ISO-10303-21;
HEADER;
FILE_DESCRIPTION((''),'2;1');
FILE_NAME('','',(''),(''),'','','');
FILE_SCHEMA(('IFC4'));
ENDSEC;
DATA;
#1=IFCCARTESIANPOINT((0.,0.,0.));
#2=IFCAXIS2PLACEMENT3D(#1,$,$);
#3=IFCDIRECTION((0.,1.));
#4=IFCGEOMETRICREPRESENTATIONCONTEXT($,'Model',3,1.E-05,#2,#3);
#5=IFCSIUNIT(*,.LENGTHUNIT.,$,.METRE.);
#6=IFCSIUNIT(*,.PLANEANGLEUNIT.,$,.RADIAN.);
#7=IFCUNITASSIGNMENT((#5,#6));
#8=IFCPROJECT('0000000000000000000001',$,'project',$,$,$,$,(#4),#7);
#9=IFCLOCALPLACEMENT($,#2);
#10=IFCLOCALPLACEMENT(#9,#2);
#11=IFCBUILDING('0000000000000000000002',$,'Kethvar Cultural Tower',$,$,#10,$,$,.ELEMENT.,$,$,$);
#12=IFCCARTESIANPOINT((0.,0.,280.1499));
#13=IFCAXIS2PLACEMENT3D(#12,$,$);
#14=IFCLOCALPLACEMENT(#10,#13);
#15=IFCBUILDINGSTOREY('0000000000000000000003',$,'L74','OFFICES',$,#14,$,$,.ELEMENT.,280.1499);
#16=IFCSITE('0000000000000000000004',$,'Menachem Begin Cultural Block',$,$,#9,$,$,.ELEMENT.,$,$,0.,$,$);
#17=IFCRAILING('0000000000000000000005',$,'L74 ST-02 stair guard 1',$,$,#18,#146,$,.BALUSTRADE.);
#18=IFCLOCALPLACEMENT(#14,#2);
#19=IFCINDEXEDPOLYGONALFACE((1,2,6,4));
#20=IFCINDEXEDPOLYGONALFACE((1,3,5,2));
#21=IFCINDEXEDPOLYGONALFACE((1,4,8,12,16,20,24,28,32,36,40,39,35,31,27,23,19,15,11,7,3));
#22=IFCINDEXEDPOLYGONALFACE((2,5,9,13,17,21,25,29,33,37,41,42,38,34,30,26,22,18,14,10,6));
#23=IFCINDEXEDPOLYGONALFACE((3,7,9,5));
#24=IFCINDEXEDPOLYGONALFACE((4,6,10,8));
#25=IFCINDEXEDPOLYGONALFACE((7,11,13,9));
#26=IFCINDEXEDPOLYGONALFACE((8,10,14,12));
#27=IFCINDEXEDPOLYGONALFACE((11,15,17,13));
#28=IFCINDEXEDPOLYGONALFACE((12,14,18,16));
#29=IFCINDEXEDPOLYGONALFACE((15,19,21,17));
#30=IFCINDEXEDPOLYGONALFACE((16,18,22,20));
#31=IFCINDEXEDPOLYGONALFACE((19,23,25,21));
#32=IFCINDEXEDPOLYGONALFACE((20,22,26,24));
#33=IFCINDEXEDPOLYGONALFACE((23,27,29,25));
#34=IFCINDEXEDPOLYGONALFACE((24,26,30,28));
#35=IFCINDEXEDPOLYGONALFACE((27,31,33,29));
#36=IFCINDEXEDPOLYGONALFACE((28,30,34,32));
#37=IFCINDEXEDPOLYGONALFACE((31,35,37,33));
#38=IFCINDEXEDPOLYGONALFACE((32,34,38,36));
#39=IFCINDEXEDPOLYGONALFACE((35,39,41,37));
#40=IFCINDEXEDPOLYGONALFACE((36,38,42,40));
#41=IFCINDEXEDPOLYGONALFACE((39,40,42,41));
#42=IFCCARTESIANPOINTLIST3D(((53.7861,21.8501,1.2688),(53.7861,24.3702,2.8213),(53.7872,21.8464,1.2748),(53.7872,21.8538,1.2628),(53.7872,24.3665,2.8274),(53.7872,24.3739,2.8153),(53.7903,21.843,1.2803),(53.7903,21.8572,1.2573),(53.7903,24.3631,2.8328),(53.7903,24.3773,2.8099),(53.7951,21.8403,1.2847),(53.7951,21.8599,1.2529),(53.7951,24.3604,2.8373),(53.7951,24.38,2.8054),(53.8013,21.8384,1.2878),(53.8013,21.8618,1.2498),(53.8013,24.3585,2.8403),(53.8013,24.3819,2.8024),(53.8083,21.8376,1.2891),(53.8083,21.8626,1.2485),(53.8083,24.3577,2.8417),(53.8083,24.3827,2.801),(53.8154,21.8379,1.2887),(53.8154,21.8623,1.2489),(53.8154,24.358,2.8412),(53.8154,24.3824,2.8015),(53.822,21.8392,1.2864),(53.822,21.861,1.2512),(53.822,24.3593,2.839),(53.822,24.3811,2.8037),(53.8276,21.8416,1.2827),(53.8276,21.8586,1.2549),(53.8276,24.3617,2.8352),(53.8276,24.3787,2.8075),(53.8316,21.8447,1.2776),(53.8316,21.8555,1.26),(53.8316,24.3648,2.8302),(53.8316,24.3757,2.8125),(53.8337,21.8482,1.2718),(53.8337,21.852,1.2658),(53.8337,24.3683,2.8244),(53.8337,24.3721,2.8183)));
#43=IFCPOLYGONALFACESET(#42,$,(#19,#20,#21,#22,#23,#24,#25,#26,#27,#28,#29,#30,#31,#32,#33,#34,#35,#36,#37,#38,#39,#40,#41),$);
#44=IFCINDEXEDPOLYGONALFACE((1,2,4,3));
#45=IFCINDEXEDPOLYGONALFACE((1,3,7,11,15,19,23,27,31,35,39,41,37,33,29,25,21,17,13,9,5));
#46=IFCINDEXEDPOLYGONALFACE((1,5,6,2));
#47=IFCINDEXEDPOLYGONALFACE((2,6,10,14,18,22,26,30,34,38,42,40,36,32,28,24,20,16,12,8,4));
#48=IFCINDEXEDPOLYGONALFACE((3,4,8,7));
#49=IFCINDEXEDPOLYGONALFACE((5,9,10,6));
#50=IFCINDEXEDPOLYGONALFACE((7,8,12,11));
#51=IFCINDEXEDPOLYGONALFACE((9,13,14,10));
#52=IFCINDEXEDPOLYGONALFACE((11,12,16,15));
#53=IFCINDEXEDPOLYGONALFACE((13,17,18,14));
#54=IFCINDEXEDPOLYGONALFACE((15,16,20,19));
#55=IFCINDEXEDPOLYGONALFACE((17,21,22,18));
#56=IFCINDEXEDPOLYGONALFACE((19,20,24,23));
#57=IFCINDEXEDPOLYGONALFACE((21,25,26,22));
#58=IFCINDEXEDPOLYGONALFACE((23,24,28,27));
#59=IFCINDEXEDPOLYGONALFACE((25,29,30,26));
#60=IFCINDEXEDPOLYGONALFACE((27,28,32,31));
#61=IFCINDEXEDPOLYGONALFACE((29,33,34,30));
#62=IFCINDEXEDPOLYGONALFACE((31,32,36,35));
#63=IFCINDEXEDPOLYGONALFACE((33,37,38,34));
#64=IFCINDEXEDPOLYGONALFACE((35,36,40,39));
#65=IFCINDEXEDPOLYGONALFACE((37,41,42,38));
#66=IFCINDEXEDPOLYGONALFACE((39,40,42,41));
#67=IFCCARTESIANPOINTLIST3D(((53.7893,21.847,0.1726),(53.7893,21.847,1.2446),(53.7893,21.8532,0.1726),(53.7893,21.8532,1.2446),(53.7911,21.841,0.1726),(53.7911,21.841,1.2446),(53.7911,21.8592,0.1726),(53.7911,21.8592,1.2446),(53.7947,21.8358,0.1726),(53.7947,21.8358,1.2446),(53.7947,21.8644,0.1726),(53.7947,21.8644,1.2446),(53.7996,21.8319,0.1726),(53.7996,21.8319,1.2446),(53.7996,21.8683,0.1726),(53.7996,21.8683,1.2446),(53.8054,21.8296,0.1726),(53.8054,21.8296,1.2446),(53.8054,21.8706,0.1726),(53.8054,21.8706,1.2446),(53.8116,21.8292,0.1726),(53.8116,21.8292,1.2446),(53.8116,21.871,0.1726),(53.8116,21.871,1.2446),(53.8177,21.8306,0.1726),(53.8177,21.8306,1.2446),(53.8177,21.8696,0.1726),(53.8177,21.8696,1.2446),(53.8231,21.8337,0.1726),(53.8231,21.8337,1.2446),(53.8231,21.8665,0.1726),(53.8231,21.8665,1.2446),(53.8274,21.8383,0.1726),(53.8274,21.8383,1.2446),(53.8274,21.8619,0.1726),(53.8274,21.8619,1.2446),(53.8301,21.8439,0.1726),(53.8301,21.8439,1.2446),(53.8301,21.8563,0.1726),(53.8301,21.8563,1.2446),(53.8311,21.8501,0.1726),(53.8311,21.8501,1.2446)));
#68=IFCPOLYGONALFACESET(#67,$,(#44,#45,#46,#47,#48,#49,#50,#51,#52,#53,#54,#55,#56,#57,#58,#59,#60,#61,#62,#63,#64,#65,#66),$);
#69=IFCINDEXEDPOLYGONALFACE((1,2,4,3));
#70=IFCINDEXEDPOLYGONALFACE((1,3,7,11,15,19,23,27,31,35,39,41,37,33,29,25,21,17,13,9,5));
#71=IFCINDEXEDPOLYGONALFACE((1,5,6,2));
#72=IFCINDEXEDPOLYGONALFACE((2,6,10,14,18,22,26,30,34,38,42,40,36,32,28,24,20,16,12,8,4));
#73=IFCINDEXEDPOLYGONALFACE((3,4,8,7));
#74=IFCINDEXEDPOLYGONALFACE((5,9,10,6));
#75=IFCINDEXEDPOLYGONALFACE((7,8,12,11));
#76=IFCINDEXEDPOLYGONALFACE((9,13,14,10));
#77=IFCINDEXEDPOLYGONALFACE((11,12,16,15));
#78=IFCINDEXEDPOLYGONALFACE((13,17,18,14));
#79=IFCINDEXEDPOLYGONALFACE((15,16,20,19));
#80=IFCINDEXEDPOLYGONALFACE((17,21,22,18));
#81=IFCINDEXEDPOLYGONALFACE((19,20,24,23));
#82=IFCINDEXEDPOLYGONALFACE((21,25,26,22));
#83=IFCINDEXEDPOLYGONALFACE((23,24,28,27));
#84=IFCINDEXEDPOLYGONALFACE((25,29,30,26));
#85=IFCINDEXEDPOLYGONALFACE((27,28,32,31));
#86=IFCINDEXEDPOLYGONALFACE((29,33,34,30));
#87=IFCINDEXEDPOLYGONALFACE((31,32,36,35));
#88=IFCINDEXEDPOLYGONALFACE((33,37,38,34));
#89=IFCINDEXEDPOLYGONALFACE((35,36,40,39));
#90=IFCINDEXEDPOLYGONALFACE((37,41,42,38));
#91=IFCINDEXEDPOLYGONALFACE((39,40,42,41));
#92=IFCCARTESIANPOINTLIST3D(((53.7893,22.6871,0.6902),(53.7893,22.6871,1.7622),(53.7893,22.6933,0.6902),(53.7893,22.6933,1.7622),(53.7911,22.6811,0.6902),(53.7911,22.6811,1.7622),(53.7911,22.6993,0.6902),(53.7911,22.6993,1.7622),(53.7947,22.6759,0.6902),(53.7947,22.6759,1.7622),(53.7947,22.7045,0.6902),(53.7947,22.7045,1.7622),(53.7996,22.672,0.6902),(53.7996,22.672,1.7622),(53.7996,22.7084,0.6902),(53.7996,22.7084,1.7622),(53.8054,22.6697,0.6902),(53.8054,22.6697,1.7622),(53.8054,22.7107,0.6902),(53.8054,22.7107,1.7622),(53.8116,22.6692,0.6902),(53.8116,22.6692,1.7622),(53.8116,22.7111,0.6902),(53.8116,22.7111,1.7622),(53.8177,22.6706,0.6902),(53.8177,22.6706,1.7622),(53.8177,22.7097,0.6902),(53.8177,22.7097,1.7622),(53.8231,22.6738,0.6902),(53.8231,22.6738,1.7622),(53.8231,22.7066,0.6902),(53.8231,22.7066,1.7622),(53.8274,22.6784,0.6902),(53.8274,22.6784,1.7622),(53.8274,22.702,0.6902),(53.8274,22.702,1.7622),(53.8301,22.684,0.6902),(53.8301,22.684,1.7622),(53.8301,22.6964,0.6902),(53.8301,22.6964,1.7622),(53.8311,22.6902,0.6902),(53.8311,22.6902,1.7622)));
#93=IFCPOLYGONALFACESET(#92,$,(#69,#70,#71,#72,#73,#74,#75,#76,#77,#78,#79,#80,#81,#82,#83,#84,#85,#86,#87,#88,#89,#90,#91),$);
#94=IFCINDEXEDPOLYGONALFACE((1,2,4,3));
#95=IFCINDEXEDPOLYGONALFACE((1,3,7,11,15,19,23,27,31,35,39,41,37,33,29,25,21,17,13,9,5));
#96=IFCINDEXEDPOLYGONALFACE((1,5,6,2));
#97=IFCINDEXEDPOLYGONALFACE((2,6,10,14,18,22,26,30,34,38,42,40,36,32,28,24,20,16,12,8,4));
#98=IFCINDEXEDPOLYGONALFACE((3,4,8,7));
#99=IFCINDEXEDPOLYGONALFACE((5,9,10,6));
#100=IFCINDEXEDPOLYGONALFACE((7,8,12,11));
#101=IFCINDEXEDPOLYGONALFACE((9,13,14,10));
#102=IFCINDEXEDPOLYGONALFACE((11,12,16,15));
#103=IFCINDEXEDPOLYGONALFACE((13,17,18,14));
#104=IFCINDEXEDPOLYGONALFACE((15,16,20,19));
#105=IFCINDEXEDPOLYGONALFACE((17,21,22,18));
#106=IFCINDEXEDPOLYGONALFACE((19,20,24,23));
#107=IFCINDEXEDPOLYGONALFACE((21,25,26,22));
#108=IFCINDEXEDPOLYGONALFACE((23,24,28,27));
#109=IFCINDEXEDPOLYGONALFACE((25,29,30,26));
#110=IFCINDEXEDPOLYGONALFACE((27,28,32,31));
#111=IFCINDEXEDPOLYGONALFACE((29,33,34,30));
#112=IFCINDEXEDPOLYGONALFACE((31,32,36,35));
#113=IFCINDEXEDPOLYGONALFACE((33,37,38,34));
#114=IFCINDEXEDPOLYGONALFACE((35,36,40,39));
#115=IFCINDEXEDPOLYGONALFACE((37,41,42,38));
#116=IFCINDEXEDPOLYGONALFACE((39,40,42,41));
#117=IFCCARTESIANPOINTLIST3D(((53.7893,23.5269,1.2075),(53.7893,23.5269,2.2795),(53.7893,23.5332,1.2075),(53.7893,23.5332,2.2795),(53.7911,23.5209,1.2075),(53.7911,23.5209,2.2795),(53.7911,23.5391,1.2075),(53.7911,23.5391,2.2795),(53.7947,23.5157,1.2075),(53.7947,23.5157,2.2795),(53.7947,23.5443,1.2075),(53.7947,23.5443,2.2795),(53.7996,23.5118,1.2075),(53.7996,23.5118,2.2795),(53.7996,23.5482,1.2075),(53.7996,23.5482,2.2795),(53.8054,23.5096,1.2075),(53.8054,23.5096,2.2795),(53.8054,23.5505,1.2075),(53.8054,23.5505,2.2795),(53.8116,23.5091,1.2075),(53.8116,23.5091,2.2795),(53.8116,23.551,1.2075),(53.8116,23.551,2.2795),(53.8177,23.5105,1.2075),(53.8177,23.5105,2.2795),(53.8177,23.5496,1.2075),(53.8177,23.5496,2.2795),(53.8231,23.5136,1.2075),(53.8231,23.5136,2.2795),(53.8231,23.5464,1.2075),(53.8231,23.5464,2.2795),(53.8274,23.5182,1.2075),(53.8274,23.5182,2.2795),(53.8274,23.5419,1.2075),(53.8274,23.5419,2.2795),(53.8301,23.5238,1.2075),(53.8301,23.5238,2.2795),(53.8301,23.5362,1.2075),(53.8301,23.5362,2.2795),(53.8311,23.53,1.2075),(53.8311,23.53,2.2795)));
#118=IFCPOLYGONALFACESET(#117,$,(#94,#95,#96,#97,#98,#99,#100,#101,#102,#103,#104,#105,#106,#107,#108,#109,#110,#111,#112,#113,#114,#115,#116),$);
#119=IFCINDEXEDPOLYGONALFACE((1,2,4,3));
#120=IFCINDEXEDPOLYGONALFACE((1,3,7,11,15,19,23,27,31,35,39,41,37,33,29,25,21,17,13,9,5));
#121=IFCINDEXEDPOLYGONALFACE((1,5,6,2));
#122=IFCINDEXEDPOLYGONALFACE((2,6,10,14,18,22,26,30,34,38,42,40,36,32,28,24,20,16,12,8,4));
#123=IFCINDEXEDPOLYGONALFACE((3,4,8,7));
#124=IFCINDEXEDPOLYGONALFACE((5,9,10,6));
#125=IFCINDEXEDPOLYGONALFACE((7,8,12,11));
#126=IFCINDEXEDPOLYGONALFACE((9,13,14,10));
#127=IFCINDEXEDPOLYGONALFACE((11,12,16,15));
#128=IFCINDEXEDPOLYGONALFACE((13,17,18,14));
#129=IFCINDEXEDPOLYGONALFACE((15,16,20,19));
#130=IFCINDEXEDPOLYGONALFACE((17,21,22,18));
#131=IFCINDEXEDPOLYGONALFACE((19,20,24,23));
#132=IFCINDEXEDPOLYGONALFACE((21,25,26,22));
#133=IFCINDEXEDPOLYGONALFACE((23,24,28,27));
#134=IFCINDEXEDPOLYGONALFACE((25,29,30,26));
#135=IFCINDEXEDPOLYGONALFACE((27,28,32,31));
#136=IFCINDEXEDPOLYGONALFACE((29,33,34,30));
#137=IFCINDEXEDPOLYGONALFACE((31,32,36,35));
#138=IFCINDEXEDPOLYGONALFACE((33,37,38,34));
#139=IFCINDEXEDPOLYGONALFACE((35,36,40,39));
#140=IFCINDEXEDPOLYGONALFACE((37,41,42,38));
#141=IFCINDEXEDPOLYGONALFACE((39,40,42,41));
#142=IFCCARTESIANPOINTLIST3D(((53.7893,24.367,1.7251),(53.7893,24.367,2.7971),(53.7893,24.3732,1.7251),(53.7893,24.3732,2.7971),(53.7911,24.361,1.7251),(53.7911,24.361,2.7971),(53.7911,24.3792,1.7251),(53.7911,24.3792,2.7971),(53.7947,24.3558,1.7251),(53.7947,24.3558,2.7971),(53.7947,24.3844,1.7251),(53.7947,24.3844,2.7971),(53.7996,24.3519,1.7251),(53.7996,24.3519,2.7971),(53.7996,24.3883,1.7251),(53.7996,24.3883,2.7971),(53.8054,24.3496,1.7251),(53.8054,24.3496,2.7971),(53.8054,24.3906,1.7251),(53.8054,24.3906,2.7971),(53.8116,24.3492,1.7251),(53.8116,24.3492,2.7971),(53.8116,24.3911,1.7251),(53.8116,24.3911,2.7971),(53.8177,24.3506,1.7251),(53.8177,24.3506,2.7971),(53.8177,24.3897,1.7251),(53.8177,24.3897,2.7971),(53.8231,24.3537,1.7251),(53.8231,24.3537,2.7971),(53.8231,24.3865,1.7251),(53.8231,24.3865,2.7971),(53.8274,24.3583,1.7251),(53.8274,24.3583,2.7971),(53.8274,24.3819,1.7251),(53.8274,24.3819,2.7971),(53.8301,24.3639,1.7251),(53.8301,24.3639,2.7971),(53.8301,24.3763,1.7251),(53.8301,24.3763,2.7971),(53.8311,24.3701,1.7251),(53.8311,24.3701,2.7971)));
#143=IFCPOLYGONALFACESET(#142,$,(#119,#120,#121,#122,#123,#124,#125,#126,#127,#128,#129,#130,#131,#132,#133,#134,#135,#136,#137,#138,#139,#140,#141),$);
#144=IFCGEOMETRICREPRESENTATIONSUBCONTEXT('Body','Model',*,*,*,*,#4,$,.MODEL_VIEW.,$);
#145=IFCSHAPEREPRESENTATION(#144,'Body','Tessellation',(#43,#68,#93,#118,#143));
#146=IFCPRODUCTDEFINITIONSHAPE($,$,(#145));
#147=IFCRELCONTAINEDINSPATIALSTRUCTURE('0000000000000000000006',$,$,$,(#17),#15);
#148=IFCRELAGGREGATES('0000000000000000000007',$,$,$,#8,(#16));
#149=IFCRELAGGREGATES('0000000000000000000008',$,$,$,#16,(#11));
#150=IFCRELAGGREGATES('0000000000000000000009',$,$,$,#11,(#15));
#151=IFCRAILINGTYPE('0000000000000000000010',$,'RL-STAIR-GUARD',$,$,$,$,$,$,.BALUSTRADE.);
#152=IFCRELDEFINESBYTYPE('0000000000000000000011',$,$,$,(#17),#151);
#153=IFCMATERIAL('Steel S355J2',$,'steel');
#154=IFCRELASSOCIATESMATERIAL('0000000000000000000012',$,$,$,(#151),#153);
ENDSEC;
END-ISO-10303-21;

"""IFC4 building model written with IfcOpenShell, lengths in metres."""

from ifc_helpers import new_model, si_unit, direction, frame, origin, origin_2d, place, context, subcontext, project, spatial, circle, extrude, material, type_object, element, save


model = new_model("IFC4")

# Units and contexts
model_context = context("Model", 3, precision=1e-05, world=origin(), true_north=direction((0.0, 1.0)))
body_context = subcontext(model_context, "Body", "Model", "MODEL_VIEW")
ifc_project = project(units=[si_unit("LENGTHUNIT", "METRE"), si_unit("PLANEANGLEUNIT", "RADIAN")], contexts=[model_context])

# Site, building, storey
site_placement = place(None, origin())
site = spatial("IfcSite", under=ifc_project, at=site_placement, Name="Menachem Begin Cultural Block", CompositionType="ELEMENT", RefElevation=0.0)
building_placement = place(site_placement, origin())
building = spatial("IfcBuilding", under=site, at=building_placement, Name="Kethvar Cultural Tower", CompositionType="ELEMENT")
storey_placement = place(building_placement, frame((0.0, 0.0, 280.1499)))
storey = spatial("IfcBuildingStorey", under=building, at=storey_placement, Name="L74", Description="OFFICES", CompositionType="ELEMENT", Elevation=280.1499)

# Shared definitions
ifc_material_1 = material(Name="Steel S355J2", Category="steel")

# Railing
railing_type_1 = type_object("IfcRailingType", Name="RL-STAIR-GUARD", PredefinedType="BALUSTRADE", material=ifc_material_1)
railing_1_placement = place(storey_placement, frame((53.8101, 21.8501, 0.1726)))
element("IfcRailing", 1, at=railing_1_placement, inside=storey, type_object=railing_type_1, Name="L74 ST-02 stair guard 1", PredefinedType="BALUSTRADE", context=body_context, shape_type="SweptSolid", body=[
    extrude(circle(Radius=0.0239, at=origin_2d()), frame((0.0, 0.0, 1.0962), z_axis=(0.0, 0.8514, 0.524516), x_axis=(-1.0, 0.0, 0.0)), (0.0, 0.0, 1.0), 2.96),
    extrude(circle(Radius=0.021, at=origin_2d()), origin(), (0.0, 0.0, 1.0), 1.072),
    extrude(circle(Radius=0.021, at=origin_2d()), frame((0.0, 0.8401, 0.5176)), (0.0, 0.0, 1.0), 1.072),
    extrude(circle(Radius=0.021, at=origin_2d()), frame((0.0, 1.6799, 1.0349)), (0.0, 0.0, 1.0), 1.072),
    extrude(circle(Radius=0.021, at=origin_2d()), frame((0.0, 2.52, 1.5525)), (0.0, 0.0, 1.0), 1.072),
])

save(model, "model.ifc")
